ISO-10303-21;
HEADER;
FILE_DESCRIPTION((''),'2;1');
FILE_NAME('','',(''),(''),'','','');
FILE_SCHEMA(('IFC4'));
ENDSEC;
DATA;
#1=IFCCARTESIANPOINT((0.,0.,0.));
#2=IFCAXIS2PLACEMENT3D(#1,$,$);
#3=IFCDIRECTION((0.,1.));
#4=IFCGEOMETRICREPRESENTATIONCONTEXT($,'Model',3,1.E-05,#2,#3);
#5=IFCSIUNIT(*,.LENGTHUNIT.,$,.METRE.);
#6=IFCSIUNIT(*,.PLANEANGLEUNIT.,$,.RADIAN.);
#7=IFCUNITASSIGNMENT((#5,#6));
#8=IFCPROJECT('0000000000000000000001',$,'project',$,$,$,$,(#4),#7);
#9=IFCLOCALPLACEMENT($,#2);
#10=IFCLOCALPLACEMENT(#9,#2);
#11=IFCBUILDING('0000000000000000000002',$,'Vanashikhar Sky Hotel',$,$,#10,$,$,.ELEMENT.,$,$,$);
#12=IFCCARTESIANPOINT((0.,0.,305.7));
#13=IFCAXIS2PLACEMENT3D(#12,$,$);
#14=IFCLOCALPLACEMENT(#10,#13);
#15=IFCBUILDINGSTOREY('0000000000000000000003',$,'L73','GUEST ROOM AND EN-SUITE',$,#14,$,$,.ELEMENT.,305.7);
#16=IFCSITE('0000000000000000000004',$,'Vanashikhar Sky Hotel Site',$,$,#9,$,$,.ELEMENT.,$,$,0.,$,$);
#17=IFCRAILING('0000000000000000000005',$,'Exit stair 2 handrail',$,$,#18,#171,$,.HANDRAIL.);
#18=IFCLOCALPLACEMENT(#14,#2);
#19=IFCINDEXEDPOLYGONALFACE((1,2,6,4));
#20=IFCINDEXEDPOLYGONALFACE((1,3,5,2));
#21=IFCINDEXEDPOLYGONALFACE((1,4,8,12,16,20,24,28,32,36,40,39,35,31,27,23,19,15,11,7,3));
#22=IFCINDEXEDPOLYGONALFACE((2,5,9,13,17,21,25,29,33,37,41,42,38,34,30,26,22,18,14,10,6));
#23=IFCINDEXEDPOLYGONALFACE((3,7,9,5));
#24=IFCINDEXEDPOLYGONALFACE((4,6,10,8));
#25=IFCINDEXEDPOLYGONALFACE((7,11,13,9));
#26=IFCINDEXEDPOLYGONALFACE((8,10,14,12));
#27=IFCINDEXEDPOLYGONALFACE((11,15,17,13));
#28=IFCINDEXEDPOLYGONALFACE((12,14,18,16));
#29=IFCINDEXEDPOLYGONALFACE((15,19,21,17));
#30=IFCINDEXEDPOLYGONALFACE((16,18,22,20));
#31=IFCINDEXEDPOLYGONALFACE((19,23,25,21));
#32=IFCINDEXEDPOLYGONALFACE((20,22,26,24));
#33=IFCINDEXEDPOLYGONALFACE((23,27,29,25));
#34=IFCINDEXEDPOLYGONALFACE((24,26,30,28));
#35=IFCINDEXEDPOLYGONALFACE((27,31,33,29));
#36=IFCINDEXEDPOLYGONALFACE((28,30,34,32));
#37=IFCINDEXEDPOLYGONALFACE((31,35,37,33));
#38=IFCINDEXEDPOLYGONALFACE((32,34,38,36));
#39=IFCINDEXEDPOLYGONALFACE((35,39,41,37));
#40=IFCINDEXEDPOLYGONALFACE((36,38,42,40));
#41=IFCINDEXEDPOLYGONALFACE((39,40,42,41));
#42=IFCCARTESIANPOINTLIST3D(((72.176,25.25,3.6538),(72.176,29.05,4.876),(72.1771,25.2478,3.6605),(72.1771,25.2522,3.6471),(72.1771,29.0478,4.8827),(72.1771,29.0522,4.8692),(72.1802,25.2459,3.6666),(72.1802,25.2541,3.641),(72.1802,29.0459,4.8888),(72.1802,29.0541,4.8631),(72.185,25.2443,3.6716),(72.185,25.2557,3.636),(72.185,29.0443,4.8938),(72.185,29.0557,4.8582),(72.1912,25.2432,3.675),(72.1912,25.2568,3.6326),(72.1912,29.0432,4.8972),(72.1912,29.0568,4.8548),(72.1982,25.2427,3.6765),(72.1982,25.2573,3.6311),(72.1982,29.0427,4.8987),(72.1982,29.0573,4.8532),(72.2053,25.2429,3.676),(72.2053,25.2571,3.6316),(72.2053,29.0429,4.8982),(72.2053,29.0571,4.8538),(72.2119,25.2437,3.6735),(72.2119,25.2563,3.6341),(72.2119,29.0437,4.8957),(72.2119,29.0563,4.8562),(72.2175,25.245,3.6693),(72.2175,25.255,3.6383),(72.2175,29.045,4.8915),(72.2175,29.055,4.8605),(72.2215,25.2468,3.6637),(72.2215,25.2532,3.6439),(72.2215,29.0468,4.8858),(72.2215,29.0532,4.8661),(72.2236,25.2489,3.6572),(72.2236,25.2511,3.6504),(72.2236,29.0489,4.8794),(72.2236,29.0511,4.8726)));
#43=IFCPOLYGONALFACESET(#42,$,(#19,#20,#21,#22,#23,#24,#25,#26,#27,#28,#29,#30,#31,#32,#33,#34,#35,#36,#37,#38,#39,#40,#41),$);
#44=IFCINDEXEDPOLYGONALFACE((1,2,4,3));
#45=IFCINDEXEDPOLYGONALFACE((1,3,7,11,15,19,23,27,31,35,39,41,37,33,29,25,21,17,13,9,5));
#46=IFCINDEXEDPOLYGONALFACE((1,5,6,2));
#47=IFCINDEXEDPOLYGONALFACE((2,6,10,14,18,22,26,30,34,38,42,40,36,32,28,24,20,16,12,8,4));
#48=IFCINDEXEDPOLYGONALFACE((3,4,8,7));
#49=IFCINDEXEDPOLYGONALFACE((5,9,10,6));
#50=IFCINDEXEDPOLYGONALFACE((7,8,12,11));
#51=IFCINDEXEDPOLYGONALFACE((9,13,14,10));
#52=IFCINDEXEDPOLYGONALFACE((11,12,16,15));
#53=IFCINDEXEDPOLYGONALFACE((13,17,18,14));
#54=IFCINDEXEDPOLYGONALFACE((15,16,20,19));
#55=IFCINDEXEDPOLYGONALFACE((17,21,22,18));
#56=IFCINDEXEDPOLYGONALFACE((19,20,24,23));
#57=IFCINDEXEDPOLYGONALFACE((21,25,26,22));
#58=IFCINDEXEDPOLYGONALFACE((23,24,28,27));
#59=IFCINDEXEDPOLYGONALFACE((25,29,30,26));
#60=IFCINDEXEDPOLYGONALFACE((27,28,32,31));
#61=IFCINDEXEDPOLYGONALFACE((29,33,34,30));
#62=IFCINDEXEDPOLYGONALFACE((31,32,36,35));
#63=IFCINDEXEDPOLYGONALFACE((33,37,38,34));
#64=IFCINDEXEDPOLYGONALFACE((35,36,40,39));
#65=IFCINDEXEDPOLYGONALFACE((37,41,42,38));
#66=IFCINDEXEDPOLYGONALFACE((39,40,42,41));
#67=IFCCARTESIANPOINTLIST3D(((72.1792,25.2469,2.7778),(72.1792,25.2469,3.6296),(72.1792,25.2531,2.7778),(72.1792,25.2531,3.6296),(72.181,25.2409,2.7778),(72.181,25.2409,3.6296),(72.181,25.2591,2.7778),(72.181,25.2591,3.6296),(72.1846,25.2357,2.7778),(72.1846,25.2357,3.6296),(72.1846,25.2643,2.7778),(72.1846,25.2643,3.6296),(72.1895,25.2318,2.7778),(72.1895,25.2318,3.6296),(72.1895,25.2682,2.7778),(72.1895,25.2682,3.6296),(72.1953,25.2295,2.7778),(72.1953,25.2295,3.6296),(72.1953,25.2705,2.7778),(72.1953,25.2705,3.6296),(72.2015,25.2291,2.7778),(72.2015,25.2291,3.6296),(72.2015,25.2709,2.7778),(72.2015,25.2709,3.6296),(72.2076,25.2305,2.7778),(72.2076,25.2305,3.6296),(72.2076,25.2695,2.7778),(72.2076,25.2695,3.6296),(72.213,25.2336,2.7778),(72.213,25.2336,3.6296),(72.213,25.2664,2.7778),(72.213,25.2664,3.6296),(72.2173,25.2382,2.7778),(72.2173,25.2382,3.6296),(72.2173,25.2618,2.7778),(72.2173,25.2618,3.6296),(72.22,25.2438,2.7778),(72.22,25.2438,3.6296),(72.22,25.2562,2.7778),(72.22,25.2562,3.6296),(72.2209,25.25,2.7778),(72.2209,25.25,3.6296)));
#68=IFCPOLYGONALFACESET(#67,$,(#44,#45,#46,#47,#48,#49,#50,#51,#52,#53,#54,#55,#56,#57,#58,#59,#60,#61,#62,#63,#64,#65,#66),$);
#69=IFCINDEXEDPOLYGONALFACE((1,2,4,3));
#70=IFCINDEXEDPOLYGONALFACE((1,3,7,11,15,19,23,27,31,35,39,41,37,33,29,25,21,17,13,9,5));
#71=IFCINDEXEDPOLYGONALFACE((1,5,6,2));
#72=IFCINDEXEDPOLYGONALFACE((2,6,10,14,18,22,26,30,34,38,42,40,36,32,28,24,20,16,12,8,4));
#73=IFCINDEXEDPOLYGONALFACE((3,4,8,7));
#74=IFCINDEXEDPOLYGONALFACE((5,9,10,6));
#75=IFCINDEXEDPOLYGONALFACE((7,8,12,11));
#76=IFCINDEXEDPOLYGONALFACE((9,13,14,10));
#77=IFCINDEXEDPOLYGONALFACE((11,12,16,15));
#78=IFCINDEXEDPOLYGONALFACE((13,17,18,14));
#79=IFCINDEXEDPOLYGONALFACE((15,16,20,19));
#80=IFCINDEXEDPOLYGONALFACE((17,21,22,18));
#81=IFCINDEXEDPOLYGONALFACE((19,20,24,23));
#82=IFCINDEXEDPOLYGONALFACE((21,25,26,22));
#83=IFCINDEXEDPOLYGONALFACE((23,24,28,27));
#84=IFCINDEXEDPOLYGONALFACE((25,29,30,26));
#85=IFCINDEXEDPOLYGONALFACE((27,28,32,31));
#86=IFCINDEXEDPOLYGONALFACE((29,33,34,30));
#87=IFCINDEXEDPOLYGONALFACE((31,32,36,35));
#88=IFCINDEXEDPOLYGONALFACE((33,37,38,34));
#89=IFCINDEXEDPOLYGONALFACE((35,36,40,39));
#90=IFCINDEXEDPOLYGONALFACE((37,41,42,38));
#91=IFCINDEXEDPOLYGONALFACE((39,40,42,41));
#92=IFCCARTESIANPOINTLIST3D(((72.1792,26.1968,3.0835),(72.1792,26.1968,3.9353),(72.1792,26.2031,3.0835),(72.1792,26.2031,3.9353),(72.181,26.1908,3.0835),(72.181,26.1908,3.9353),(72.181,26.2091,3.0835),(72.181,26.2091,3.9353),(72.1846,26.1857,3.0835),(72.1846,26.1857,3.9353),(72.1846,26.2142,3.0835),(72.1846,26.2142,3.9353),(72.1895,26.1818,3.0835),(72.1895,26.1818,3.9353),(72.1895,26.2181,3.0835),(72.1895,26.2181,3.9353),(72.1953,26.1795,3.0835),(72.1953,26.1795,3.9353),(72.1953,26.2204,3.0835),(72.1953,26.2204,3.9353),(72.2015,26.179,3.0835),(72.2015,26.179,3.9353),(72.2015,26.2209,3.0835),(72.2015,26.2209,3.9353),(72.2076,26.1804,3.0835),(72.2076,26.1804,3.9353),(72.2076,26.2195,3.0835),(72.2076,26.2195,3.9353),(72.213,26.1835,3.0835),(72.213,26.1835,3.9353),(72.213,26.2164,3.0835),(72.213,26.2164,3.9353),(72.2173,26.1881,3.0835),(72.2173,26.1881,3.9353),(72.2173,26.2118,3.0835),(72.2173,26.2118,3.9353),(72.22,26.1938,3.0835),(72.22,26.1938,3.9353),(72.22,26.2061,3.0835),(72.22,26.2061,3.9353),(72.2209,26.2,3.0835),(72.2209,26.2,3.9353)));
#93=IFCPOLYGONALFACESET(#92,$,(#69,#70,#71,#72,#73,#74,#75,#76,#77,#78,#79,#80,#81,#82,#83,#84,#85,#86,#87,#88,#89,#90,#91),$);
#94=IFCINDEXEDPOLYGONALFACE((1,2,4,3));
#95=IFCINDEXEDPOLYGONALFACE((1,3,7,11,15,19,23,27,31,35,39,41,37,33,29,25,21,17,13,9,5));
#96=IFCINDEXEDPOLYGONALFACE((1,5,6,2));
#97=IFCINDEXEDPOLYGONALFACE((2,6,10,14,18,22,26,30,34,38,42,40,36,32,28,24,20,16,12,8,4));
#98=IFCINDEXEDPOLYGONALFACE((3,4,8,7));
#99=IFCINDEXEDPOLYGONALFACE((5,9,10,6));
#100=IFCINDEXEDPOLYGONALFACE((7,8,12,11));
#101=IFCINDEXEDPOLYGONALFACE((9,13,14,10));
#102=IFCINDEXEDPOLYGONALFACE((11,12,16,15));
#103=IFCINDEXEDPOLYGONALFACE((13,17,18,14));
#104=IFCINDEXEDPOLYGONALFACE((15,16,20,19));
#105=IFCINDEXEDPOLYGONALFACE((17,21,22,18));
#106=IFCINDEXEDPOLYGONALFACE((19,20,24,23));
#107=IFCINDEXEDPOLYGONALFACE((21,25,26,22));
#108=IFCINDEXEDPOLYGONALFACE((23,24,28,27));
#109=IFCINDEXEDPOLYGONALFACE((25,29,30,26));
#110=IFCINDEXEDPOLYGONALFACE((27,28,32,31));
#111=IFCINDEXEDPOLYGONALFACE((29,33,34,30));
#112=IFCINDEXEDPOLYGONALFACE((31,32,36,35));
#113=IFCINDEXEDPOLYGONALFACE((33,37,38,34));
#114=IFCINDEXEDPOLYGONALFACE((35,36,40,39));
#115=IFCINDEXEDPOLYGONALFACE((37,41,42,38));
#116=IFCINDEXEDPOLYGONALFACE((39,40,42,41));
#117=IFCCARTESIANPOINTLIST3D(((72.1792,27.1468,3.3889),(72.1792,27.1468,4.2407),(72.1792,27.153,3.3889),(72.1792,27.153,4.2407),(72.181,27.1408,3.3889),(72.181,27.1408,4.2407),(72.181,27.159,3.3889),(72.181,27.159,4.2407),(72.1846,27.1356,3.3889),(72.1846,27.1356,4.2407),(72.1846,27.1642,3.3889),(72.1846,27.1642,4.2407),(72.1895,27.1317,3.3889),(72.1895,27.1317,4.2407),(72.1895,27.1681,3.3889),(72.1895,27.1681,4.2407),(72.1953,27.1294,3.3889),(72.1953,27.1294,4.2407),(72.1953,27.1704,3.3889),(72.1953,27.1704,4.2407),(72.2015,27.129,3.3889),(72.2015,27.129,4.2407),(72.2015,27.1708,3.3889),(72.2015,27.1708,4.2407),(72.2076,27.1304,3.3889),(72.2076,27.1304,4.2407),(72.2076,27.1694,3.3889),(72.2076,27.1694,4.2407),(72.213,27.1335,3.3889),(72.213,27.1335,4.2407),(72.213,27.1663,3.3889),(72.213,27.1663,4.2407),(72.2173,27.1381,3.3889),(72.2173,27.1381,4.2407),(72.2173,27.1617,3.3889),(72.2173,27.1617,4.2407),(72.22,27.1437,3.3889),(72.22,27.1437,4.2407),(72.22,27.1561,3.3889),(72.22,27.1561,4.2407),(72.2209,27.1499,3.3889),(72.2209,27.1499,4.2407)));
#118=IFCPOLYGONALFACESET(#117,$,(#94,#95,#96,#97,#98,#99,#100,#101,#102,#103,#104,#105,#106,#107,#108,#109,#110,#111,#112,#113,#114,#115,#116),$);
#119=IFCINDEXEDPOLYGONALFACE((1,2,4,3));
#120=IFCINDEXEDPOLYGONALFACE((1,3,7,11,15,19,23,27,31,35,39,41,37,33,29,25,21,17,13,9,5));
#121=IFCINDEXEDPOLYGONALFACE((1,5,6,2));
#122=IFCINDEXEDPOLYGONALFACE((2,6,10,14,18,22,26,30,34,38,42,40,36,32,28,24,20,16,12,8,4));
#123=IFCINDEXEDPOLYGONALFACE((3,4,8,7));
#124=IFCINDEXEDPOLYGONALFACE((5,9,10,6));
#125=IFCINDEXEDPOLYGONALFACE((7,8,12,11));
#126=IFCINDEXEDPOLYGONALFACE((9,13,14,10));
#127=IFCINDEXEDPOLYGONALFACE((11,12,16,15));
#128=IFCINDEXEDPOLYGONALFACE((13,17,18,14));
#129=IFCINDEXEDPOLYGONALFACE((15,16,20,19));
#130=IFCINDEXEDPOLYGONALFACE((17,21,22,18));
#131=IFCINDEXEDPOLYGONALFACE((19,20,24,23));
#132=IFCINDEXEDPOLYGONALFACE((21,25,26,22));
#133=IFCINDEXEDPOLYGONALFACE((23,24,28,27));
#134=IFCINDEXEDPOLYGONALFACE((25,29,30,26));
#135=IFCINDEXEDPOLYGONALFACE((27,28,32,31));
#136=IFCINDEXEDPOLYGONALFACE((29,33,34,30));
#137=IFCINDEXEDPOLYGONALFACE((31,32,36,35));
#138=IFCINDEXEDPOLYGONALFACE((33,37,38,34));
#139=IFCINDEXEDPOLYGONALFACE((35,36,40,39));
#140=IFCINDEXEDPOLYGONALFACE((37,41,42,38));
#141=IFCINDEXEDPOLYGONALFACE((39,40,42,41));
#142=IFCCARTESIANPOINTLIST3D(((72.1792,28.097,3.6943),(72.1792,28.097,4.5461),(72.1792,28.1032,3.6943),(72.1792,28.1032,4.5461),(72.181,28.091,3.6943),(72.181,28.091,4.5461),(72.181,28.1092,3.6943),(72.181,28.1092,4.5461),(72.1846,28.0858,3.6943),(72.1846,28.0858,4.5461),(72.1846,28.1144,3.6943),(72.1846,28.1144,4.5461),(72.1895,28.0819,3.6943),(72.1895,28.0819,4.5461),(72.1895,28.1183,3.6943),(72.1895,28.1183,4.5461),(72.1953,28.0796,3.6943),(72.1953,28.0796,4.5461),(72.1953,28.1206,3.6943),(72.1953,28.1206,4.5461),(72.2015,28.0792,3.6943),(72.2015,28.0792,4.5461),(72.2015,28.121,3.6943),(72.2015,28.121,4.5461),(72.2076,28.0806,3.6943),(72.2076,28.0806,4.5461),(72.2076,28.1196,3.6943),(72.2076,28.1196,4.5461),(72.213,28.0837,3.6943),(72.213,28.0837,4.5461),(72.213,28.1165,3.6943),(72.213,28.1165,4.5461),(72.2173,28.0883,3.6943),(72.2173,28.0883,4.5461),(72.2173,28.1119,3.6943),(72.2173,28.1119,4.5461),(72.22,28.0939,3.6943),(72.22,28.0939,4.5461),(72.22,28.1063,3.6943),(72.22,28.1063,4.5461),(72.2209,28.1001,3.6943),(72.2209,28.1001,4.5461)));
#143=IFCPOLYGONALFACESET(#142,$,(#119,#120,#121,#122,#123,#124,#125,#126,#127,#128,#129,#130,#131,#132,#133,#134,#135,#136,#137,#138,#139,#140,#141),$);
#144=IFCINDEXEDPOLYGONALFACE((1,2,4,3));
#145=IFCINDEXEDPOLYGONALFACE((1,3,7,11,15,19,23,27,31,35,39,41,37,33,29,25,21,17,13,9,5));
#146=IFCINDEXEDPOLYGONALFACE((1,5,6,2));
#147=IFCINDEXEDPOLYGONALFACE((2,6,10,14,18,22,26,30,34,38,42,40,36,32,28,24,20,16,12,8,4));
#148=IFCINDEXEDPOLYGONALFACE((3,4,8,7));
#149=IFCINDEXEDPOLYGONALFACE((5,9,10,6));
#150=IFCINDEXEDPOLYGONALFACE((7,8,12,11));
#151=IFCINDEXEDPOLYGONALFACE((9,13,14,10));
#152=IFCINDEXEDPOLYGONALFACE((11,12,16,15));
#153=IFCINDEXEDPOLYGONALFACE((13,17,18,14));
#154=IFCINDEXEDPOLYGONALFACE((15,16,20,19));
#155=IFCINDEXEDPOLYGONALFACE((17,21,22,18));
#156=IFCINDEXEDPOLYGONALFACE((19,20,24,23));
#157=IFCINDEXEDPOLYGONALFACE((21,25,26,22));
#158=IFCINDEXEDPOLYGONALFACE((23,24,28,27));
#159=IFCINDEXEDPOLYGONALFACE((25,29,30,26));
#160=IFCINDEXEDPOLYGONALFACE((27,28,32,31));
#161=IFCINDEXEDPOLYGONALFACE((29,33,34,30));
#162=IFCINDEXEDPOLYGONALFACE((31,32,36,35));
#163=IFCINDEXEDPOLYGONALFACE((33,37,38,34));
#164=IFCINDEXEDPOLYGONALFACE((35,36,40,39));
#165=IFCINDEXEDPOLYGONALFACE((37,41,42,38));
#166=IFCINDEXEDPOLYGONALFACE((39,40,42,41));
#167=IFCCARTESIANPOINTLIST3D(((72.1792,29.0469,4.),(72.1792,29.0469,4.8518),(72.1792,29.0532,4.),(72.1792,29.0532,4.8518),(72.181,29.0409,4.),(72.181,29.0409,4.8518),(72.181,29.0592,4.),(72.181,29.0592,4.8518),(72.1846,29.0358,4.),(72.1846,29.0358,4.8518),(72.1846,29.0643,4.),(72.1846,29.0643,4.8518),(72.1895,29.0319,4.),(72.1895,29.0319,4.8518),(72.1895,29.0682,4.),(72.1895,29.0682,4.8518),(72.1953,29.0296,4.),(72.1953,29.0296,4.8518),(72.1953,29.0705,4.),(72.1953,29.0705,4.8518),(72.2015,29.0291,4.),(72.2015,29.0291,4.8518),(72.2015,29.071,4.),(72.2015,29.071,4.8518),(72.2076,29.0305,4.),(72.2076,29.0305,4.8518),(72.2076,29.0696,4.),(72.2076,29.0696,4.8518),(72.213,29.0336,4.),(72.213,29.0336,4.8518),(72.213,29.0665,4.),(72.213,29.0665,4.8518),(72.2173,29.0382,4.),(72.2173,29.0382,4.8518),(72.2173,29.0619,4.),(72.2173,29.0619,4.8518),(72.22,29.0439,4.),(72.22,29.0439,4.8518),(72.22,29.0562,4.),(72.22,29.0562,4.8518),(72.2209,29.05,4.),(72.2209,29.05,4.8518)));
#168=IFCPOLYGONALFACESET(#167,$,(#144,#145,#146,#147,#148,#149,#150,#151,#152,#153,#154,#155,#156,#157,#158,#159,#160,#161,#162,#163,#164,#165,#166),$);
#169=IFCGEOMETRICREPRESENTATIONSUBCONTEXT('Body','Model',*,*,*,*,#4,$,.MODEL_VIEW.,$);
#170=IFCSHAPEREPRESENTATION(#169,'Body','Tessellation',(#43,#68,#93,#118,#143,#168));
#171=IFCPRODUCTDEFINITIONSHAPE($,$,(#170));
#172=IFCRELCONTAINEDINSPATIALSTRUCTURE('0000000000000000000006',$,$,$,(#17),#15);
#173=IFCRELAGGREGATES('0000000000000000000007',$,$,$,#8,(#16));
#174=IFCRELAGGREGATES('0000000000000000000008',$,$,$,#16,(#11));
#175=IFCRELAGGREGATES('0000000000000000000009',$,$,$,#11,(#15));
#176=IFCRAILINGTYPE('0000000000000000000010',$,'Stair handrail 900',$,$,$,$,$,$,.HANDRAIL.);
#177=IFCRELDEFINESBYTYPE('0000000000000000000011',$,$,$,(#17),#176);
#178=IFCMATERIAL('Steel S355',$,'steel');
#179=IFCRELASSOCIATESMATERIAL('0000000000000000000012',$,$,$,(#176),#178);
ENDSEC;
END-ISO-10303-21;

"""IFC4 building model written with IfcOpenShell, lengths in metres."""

from ifc_helpers import new_model, si_unit, direction, frame, origin, origin_2d, place, context, subcontext, project, spatial, circle, extrude, source, transform, mapped, material, type_object, element, save


model = new_model("IFC4")

# Units and contexts
model_context = context("Model", 3, precision=1e-05, world=origin(), true_north=direction((0.0, 1.0)))
body_context = subcontext(model_context, "Body", "Model", "MODEL_VIEW")
ifc_project = project(units=[si_unit("LENGTHUNIT", "METRE"), si_unit("PLANEANGLEUNIT", "RADIAN")], contexts=[model_context])

# Site, building, storey
site_placement = place(None, origin())
site = spatial("IfcSite", under=ifc_project, at=site_placement, Name="Vanashikhar Sky Hotel Site", CompositionType="ELEMENT", RefElevation=0.0)
building_placement = place(site_placement, origin())
building = spatial("IfcBuilding", under=site, at=building_placement, Name="Vanashikhar Sky Hotel", CompositionType="ELEMENT")
storey_placement = place(building_placement, frame((0.0, 0.0, 305.7)))
storey = spatial("IfcBuildingStorey", under=building, at=storey_placement, Name="L73", Description="GUEST ROOM AND EN-SUITE", CompositionType="ELEMENT", Elevation=305.7)

# Railing
ifc_material_1 = material(Name="Steel S355", Category="steel")
railing_type_1 = type_object("IfcRailingType", Name="Stair handrail 900", PredefinedType="HANDRAIL", material=ifc_material_1)
shared_shape_1 = source(origin(), body_context, "Body", "SweptSolid", [
    extrude(circle(Radius=0.0239, at=origin_2d()), frame((0.0, 0.0, 0.876), z_axis=(0.0, 0.951976, 0.306173), x_axis=(-1.0, 0.0, 0.0)), (0.0, 0.0, 1.0), 3.9917),
    extrude(circle(Radius=0.021, at=origin_2d()), origin(), (0.0, 0.0, 1.0), 0.8518),
    extrude(circle(Radius=0.021, at=origin_2d()), frame((0.0, 0.95, 0.3057)), (0.0, 0.0, 1.0), 0.8518),
    extrude(circle(Radius=0.021, at=origin_2d()), frame((0.0, 1.8999, 0.6111)), (0.0, 0.0, 1.0), 0.8518),
    extrude(circle(Radius=0.021, at=origin_2d()), frame((0.0, 2.8501, 0.9165)), (0.0, 0.0, 1.0), 0.8518),
    extrude(circle(Radius=0.021, at=origin_2d()), frame((0.0, 3.8, 1.2222)), (0.0, 0.0, 1.0), 0.8518),
])
railing_1_placement = place(storey_placement, frame((72.2, 25.25, 2.7778)))
element("IfcRailing", 1, at=railing_1_placement, inside=storey, type_object=railing_type_1, Name="Exit stair 2 handrail", PredefinedType="HANDRAIL", context=body_context, shape_type="MappedRepresentation", body=[
    mapped(shared_shape_1, transform((0.0, 0.0, 0.0), scale=1.0)),
])

save(model, "model.ifc")
